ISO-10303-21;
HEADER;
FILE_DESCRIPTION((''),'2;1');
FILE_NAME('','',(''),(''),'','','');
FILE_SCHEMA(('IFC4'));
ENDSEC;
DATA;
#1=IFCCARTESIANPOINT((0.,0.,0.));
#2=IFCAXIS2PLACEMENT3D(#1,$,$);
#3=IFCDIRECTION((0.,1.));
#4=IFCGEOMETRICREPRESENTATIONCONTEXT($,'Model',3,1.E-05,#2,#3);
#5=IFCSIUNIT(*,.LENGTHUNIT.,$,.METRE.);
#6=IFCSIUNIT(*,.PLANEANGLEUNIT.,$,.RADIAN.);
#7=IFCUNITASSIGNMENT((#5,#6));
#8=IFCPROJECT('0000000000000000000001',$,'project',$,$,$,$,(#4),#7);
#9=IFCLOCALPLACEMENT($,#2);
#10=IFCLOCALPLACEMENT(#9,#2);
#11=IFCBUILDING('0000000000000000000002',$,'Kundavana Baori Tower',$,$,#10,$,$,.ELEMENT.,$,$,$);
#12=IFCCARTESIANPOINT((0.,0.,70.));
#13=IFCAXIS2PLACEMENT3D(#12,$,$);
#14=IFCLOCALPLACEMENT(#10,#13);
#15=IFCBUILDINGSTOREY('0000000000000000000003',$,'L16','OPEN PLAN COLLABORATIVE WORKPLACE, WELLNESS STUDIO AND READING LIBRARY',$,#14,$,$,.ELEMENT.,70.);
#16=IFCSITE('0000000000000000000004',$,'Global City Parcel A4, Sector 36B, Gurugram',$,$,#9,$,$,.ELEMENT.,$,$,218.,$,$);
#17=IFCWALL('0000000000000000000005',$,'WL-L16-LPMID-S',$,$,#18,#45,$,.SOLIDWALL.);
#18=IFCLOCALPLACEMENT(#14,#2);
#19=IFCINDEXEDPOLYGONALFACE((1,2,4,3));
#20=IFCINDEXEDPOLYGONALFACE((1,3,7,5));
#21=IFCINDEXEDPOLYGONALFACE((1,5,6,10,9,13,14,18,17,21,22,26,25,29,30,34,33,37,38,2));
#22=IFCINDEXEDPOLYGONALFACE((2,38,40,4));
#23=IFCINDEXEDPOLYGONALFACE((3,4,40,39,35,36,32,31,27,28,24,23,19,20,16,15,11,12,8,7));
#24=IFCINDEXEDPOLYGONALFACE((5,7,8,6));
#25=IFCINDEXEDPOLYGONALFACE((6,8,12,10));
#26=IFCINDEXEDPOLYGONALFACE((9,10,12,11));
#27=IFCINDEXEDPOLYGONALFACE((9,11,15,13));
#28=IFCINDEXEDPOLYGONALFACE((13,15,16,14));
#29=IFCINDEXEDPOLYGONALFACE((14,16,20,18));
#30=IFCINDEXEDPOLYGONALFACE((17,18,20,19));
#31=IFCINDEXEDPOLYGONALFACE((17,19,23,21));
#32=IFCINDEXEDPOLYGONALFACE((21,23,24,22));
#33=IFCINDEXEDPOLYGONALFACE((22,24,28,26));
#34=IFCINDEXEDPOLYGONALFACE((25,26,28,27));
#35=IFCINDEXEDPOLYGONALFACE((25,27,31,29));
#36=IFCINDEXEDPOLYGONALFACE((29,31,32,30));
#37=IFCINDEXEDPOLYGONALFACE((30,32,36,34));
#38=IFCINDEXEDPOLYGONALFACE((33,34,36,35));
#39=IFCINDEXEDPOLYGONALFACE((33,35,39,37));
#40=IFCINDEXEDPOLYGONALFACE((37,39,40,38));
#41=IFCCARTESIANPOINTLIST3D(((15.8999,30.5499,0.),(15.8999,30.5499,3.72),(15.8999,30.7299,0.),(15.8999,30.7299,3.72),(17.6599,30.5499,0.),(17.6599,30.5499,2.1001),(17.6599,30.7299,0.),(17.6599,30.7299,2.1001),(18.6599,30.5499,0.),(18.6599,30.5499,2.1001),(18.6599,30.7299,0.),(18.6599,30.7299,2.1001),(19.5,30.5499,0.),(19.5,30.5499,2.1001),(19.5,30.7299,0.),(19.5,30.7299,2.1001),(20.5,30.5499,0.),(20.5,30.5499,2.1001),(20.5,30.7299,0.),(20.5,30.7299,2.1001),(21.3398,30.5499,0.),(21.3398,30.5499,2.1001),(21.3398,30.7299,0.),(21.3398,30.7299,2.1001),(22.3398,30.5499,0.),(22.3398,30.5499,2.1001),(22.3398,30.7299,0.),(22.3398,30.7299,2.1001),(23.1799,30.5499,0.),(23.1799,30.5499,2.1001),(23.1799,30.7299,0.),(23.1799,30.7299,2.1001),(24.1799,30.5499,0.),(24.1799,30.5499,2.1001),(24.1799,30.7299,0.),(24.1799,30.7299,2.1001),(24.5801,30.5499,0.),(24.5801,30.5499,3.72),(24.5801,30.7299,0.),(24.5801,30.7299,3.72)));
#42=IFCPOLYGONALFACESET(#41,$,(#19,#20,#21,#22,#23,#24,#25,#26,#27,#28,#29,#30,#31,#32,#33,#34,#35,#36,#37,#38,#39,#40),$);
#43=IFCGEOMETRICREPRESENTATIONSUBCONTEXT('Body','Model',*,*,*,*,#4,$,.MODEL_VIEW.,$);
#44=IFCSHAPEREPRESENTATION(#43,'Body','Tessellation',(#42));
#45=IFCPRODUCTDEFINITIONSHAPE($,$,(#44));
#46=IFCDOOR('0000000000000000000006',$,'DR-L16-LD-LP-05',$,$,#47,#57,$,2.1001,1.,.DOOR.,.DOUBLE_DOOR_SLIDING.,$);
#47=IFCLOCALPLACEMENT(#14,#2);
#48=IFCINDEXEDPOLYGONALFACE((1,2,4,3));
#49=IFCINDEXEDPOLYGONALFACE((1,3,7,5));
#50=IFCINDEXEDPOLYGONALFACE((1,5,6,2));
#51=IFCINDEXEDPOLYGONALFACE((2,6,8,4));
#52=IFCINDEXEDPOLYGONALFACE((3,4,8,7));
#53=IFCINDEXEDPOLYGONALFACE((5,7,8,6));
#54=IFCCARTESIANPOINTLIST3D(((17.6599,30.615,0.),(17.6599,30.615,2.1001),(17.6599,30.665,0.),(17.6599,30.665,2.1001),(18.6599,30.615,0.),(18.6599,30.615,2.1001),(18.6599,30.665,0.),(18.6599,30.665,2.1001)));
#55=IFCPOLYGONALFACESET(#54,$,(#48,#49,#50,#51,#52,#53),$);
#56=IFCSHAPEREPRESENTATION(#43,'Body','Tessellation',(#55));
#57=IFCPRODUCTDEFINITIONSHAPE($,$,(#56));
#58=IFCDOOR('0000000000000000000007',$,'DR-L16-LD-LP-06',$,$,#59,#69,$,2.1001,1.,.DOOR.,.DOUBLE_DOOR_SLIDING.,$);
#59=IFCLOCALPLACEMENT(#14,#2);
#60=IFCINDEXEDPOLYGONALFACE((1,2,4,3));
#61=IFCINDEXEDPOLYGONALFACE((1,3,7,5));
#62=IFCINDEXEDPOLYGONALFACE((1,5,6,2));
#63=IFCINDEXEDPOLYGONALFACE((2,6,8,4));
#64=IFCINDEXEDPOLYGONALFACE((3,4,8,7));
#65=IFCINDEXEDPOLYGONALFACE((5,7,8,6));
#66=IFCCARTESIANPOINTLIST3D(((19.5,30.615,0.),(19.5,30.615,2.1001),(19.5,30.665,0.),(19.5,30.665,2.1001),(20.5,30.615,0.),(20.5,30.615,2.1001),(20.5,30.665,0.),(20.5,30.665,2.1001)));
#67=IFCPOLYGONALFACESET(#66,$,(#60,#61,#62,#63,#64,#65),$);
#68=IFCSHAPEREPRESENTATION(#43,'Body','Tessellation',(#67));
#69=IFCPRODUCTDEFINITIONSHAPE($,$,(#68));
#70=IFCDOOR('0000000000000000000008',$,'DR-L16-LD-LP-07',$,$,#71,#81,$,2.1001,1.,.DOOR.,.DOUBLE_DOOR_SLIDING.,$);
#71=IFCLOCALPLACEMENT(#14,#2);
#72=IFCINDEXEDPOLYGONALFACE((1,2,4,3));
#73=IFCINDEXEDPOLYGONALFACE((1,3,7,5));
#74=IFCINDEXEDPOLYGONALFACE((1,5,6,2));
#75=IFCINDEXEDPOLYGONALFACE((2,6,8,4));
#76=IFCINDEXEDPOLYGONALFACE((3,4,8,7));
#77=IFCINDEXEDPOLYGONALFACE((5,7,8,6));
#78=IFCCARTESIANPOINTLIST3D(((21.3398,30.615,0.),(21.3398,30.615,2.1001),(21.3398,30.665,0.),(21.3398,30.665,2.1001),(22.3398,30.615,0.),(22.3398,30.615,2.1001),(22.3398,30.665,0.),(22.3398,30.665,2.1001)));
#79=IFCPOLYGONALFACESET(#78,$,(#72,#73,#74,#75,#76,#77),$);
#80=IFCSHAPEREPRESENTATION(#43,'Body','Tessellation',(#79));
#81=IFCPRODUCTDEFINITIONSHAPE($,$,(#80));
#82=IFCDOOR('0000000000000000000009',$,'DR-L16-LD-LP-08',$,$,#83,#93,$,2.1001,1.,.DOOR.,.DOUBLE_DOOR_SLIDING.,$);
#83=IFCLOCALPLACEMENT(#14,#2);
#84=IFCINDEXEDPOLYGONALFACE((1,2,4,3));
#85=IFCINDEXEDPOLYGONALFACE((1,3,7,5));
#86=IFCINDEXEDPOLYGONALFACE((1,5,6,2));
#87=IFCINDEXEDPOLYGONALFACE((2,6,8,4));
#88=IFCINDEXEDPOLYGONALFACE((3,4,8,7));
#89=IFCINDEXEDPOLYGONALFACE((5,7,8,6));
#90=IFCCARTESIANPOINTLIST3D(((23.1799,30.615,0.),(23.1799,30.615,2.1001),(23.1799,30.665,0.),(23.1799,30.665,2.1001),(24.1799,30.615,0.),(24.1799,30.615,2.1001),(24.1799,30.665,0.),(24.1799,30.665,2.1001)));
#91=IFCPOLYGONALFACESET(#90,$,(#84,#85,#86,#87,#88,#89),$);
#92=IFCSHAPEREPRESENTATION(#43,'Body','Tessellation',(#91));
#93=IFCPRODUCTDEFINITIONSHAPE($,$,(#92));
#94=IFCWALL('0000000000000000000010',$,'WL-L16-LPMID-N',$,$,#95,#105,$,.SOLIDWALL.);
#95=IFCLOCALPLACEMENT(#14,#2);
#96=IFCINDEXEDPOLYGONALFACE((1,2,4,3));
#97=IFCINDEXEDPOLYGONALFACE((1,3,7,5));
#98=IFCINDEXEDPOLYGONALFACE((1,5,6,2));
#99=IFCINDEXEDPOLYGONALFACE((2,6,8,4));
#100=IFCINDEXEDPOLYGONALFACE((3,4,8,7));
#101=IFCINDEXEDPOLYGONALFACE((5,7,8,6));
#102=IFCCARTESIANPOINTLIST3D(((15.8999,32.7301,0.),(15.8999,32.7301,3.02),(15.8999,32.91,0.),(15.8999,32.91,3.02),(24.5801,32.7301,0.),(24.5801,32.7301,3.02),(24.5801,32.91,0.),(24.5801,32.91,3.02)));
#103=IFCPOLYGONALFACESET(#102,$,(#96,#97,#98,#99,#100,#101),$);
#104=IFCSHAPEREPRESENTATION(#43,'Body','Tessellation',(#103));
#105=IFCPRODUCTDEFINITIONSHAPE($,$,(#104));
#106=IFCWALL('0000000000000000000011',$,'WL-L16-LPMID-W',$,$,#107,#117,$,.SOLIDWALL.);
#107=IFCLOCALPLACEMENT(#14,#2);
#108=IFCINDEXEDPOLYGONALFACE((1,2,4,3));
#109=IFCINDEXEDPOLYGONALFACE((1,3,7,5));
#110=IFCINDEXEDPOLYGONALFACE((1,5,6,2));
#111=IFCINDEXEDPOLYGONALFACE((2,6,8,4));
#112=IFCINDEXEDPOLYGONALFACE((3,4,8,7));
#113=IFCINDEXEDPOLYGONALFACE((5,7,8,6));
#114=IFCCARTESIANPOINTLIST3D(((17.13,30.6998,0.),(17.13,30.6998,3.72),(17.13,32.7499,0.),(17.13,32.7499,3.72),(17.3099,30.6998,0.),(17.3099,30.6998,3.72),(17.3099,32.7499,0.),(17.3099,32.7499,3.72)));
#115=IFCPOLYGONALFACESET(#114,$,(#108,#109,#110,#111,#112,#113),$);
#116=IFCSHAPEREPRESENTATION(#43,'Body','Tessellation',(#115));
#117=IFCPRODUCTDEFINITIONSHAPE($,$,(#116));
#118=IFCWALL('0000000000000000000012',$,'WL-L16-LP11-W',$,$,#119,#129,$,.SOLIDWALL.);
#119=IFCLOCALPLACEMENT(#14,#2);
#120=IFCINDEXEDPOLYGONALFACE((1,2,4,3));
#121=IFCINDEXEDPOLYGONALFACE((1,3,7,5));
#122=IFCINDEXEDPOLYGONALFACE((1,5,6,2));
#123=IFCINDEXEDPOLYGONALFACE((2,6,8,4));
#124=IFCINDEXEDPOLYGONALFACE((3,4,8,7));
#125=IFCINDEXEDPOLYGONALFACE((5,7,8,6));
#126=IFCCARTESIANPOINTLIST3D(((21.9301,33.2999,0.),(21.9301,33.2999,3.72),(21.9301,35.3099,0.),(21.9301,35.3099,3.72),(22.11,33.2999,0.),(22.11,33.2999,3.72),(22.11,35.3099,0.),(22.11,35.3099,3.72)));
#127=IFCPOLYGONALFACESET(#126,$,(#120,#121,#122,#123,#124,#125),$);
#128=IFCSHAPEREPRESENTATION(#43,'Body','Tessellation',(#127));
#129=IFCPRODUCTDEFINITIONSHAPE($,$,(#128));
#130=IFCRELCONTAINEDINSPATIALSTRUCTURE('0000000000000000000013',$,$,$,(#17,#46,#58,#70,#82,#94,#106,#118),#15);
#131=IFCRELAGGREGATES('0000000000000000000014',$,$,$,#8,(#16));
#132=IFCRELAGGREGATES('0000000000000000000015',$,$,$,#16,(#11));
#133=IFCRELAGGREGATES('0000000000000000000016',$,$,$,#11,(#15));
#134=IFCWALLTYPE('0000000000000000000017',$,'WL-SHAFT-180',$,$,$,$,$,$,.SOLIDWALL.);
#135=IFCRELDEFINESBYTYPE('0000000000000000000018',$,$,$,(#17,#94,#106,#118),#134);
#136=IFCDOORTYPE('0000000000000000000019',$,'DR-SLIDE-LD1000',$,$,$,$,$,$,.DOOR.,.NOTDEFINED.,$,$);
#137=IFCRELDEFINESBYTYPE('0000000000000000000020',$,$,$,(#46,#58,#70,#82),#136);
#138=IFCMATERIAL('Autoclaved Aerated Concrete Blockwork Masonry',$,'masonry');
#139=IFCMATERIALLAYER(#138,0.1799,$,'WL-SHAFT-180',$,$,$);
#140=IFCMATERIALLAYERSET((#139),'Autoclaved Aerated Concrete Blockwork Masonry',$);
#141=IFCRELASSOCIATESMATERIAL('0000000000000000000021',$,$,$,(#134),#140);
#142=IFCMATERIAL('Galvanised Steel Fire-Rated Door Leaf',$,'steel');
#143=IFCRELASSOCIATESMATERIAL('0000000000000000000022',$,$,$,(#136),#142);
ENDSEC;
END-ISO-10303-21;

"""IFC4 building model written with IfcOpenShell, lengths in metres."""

from ifc_helpers import new_model, si_unit, direction, frame, frame_2d, origin, place, context, subcontext, project, spatial, rectangle, extrude, material, layer, layer_set, type_object, element, fill, save


model = new_model("IFC4")

# Units and contexts
model_context = context("Model", 3, precision=1e-05, world=origin(), true_north=direction((0.0, 1.0)))
body_context = subcontext(model_context, "Body", "Model", "MODEL_VIEW")
ifc_project = project(units=[si_unit("LENGTHUNIT", "METRE"), si_unit("PLANEANGLEUNIT", "RADIAN")], contexts=[model_context])

# Site, building, storey
site_placement = place(None, origin())
site = spatial("IfcSite", under=ifc_project, at=site_placement, Name="Global City Parcel A4, Sector 36B, Gurugram", CompositionType="ELEMENT", RefElevation=218.0)
building_placement = place(site_placement, origin())
building = spatial("IfcBuilding", under=site, at=building_placement, Name="Kundavana Baori Tower", CompositionType="ELEMENT")
storey_placement = place(building_placement, frame((0.0, 0.0, 70.0)))
storey = spatial("IfcBuildingStorey", under=building, at=storey_placement, Name="L16", Description="OPEN PLAN COLLABORATIVE WORKPLACE, WELLNESS STUDIO AND READING LIBRARY", CompositionType="ELEMENT", Elevation=70.0)

# Shared definitions
ifc_material_1 = material(Name="Autoclaved Aerated Concrete Blockwork Masonry", Category="masonry")
ifc_layer_1 = layer(ifc_material_1, 0.1799, Name="WL-SHAFT-180")
ifc_layer_set_1 = layer_set([ifc_layer_1], Name="Autoclaved Aerated Concrete Blockwork Masonry")
wall_type_1 = type_object("IfcWallType", Name="WL-SHAFT-180", PredefinedType="SOLIDWALL", material=ifc_layer_set_1)

# Wall, openings, doors
wall_1_placement = place(storey_placement, frame((15.8999, 30.6399, 0.0), z_axis=(0.0, 0.0, 1.0), x_axis=(1.0, 0.0, 0.0)))
wall_1 = element("IfcWall", 1, at=wall_1_placement, inside=storey, type_object=wall_type_1, Name="WL-L16-LPMID-S", PredefinedType="SOLIDWALL", context=body_context, shape_type="SweptSolid", body=[
    extrude(rectangle(XDim=8.6802, YDim=0.1799, at=frame_2d((4.3401, 0.0))), origin(), (0.0, 0.0, 1.0), 3.72),
])
opening_1_placement = place(wall_1_placement, frame((1.76, 0.0, 0.0)))
opening_1 = element("IfcOpeningElement", 2, at=opening_1_placement, cuts=wall_1, PredefinedType="OPENING", context=body_context, shape_type="SweptSolid", body=[
    extrude(rectangle(XDim=1.0, YDim=2.1001, at=frame_2d((0.5, 1.05))), frame((0.0, 0.1001, 0.0), z_axis=(0.0, -1.0, 0.0), x_axis=(1.0, 0.0, 0.0)), (0.0, 0.0, 1.0), 0.2),
])
opening_2_placement = place(wall_1_placement, frame((3.6001, 0.0, 0.0)))
opening_2 = element("IfcOpeningElement", 3, at=opening_2_placement, cuts=wall_1, PredefinedType="OPENING", context=body_context, shape_type="SweptSolid", body=[
    extrude(rectangle(XDim=1.0, YDim=2.1001, at=frame_2d((0.5, 1.05))), frame((0.0, 0.1001, 0.0), z_axis=(0.0, -1.0, 0.0), x_axis=(1.0, 0.0, 0.0)), (0.0, 0.0, 1.0), 0.2),
])
opening_3_placement = place(wall_1_placement, frame((5.4399, 0.0, 0.0)))
opening_3 = element("IfcOpeningElement", 4, at=opening_3_placement, cuts=wall_1, PredefinedType="OPENING", context=body_context, shape_type="SweptSolid", body=[
    extrude(rectangle(XDim=1.0, YDim=2.1001, at=frame_2d((0.5, 1.05))), frame((0.0, 0.1001, 0.0), z_axis=(0.0, -1.0, 0.0), x_axis=(1.0, 0.0, 0.0)), (0.0, 0.0, 1.0), 0.2),
])
opening_4_placement = place(wall_1_placement, frame((7.28, 0.0, 0.0)))
opening_4 = element("IfcOpeningElement", 5, at=opening_4_placement, cuts=wall_1, PredefinedType="OPENING", context=body_context, shape_type="SweptSolid", body=[
    extrude(rectangle(XDim=1.0, YDim=2.1001, at=frame_2d((0.5, 1.05))), frame((0.0, 0.1001, 0.0), z_axis=(0.0, -1.0, 0.0), x_axis=(1.0, 0.0, 0.0)), (0.0, 0.0, 1.0), 0.2),
])
ifc_material_2 = material(Name="Galvanised Steel Fire-Rated Door Leaf", Category="steel")
door_type_1 = type_object("IfcDoorType", Name="DR-SLIDE-LD1000", OperationType="NOTDEFINED", PredefinedType="DOOR", material=ifc_material_2)
door_1_placement = place(opening_1_placement, frame((1.0, 0.0, 0.0), z_axis=(0.0, 0.0, 1.0), x_axis=(-1.0, 0.0, 0.0)))
door_1 = element("IfcDoor", 6, at=door_1_placement, inside=storey, type_object=door_type_1, Name="DR-L16-LD-LP-05", OperationType="DOUBLE_DOOR_SLIDING", OverallHeight=2.1001, OverallWidth=1.0, PredefinedType="DOOR", context=body_context, shape_type="SweptSolid", body=[
    extrude(rectangle(XDim=1.0, YDim=2.1001, at=frame_2d((0.5, 1.05))), frame((0.0, 0.0249, 0.0), z_axis=(0.0, -1.0, 0.0), x_axis=(1.0, 0.0, 0.0)), (0.0, 0.0, 1.0), 0.05),
])
fill(opening_1, door_1)
door_2_placement = place(opening_2_placement, frame((1.0, 0.0, 0.0), z_axis=(0.0, 0.0, 1.0), x_axis=(-1.0, 0.0, 0.0)))
door_2 = element("IfcDoor", 7, at=door_2_placement, inside=storey, type_object=door_type_1, Name="DR-L16-LD-LP-06", OperationType="DOUBLE_DOOR_SLIDING", OverallHeight=2.1001, OverallWidth=1.0, PredefinedType="DOOR", context=body_context, shape_type="SweptSolid", body=[
    extrude(rectangle(XDim=1.0, YDim=2.1001, at=frame_2d((0.5, 1.05))), frame((0.0, 0.0249, 0.0), z_axis=(0.0, -1.0, 0.0), x_axis=(1.0, 0.0, 0.0)), (0.0, 0.0, 1.0), 0.05),
])
fill(opening_2, door_2)
door_3_placement = place(opening_3_placement, frame((1.0, 0.0, 0.0), z_axis=(0.0, 0.0, 1.0), x_axis=(-1.0, 0.0, 0.0)))
door_3 = element("IfcDoor", 8, at=door_3_placement, inside=storey, type_object=door_type_1, Name="DR-L16-LD-LP-07", OperationType="DOUBLE_DOOR_SLIDING", OverallHeight=2.1001, OverallWidth=1.0, PredefinedType="DOOR", context=body_context, shape_type="SweptSolid", body=[
    extrude(rectangle(XDim=1.0, YDim=2.1001, at=frame_2d((0.5, 1.05))), frame((0.0, 0.0249, 0.0), z_axis=(0.0, -1.0, 0.0), x_axis=(1.0, 0.0, 0.0)), (0.0, 0.0, 1.0), 0.05),
])
fill(opening_3, door_3)
door_4_placement = place(opening_4_placement, frame((1.0, 0.0, 0.0), z_axis=(0.0, 0.0, 1.0), x_axis=(-1.0, 0.0, 0.0)))
door_4 = element("IfcDoor", 9, at=door_4_placement, inside=storey, type_object=door_type_1, Name="DR-L16-LD-LP-08", OperationType="DOUBLE_DOOR_SLIDING", OverallHeight=2.1001, OverallWidth=1.0, PredefinedType="DOOR", context=body_context, shape_type="SweptSolid", body=[
    extrude(rectangle(XDim=1.0, YDim=2.1001, at=frame_2d((0.5, 1.05))), frame((0.0, 0.0249, 0.0), z_axis=(0.0, -1.0, 0.0), x_axis=(1.0, 0.0, 0.0)), (0.0, 0.0, 1.0), 0.05),
])
fill(opening_4, door_4)

# Walls
wall_2_placement = place(storey_placement, frame((15.8999, 32.8201, 0.0), z_axis=(0.0, 0.0, 1.0), x_axis=(1.0, 0.0, 0.0)))
element("IfcWall", 10, at=wall_2_placement, inside=storey, type_object=wall_type_1, Name="WL-L16-LPMID-N", PredefinedType="SOLIDWALL", context=body_context, shape_type="SweptSolid", body=[
    extrude(rectangle(XDim=8.6802, YDim=0.1799, at=frame_2d((4.3401, 0.0))), origin(), (0.0, 0.0, 1.0), 3.02),
])
wall_3_placement = place(storey_placement, frame((17.22, 30.7, 0.0), z_axis=(0.0, 0.0, 1.0), x_axis=(0.0, 1.0, 0.0)))
element("IfcWall", 11, at=wall_3_placement, inside=storey, type_object=wall_type_1, Name="WL-L16-LPMID-W", PredefinedType="SOLIDWALL", context=body_context, shape_type="SweptSolid", body=[
    extrude(rectangle(XDim=2.05, YDim=0.1799, at=frame_2d((1.0249, 0.0))), origin(), (0.0, 0.0, 1.0), 3.72),
])
wall_4_placement = place(storey_placement, frame((22.02, 33.3, 0.0), z_axis=(0.0, 0.0, 1.0), x_axis=(0.0, 1.0, 0.0)))
element("IfcWall", 12, at=wall_4_placement, inside=storey, type_object=wall_type_1, Name="WL-L16-LP11-W", PredefinedType="SOLIDWALL", context=body_context, shape_type="SweptSolid", body=[
    extrude(rectangle(XDim=2.01, YDim=0.1799, at=frame_2d((1.0049, 0.0))), origin(), (0.0, 0.0, 1.0), 3.72),
])

save(model, "model.ifc")
